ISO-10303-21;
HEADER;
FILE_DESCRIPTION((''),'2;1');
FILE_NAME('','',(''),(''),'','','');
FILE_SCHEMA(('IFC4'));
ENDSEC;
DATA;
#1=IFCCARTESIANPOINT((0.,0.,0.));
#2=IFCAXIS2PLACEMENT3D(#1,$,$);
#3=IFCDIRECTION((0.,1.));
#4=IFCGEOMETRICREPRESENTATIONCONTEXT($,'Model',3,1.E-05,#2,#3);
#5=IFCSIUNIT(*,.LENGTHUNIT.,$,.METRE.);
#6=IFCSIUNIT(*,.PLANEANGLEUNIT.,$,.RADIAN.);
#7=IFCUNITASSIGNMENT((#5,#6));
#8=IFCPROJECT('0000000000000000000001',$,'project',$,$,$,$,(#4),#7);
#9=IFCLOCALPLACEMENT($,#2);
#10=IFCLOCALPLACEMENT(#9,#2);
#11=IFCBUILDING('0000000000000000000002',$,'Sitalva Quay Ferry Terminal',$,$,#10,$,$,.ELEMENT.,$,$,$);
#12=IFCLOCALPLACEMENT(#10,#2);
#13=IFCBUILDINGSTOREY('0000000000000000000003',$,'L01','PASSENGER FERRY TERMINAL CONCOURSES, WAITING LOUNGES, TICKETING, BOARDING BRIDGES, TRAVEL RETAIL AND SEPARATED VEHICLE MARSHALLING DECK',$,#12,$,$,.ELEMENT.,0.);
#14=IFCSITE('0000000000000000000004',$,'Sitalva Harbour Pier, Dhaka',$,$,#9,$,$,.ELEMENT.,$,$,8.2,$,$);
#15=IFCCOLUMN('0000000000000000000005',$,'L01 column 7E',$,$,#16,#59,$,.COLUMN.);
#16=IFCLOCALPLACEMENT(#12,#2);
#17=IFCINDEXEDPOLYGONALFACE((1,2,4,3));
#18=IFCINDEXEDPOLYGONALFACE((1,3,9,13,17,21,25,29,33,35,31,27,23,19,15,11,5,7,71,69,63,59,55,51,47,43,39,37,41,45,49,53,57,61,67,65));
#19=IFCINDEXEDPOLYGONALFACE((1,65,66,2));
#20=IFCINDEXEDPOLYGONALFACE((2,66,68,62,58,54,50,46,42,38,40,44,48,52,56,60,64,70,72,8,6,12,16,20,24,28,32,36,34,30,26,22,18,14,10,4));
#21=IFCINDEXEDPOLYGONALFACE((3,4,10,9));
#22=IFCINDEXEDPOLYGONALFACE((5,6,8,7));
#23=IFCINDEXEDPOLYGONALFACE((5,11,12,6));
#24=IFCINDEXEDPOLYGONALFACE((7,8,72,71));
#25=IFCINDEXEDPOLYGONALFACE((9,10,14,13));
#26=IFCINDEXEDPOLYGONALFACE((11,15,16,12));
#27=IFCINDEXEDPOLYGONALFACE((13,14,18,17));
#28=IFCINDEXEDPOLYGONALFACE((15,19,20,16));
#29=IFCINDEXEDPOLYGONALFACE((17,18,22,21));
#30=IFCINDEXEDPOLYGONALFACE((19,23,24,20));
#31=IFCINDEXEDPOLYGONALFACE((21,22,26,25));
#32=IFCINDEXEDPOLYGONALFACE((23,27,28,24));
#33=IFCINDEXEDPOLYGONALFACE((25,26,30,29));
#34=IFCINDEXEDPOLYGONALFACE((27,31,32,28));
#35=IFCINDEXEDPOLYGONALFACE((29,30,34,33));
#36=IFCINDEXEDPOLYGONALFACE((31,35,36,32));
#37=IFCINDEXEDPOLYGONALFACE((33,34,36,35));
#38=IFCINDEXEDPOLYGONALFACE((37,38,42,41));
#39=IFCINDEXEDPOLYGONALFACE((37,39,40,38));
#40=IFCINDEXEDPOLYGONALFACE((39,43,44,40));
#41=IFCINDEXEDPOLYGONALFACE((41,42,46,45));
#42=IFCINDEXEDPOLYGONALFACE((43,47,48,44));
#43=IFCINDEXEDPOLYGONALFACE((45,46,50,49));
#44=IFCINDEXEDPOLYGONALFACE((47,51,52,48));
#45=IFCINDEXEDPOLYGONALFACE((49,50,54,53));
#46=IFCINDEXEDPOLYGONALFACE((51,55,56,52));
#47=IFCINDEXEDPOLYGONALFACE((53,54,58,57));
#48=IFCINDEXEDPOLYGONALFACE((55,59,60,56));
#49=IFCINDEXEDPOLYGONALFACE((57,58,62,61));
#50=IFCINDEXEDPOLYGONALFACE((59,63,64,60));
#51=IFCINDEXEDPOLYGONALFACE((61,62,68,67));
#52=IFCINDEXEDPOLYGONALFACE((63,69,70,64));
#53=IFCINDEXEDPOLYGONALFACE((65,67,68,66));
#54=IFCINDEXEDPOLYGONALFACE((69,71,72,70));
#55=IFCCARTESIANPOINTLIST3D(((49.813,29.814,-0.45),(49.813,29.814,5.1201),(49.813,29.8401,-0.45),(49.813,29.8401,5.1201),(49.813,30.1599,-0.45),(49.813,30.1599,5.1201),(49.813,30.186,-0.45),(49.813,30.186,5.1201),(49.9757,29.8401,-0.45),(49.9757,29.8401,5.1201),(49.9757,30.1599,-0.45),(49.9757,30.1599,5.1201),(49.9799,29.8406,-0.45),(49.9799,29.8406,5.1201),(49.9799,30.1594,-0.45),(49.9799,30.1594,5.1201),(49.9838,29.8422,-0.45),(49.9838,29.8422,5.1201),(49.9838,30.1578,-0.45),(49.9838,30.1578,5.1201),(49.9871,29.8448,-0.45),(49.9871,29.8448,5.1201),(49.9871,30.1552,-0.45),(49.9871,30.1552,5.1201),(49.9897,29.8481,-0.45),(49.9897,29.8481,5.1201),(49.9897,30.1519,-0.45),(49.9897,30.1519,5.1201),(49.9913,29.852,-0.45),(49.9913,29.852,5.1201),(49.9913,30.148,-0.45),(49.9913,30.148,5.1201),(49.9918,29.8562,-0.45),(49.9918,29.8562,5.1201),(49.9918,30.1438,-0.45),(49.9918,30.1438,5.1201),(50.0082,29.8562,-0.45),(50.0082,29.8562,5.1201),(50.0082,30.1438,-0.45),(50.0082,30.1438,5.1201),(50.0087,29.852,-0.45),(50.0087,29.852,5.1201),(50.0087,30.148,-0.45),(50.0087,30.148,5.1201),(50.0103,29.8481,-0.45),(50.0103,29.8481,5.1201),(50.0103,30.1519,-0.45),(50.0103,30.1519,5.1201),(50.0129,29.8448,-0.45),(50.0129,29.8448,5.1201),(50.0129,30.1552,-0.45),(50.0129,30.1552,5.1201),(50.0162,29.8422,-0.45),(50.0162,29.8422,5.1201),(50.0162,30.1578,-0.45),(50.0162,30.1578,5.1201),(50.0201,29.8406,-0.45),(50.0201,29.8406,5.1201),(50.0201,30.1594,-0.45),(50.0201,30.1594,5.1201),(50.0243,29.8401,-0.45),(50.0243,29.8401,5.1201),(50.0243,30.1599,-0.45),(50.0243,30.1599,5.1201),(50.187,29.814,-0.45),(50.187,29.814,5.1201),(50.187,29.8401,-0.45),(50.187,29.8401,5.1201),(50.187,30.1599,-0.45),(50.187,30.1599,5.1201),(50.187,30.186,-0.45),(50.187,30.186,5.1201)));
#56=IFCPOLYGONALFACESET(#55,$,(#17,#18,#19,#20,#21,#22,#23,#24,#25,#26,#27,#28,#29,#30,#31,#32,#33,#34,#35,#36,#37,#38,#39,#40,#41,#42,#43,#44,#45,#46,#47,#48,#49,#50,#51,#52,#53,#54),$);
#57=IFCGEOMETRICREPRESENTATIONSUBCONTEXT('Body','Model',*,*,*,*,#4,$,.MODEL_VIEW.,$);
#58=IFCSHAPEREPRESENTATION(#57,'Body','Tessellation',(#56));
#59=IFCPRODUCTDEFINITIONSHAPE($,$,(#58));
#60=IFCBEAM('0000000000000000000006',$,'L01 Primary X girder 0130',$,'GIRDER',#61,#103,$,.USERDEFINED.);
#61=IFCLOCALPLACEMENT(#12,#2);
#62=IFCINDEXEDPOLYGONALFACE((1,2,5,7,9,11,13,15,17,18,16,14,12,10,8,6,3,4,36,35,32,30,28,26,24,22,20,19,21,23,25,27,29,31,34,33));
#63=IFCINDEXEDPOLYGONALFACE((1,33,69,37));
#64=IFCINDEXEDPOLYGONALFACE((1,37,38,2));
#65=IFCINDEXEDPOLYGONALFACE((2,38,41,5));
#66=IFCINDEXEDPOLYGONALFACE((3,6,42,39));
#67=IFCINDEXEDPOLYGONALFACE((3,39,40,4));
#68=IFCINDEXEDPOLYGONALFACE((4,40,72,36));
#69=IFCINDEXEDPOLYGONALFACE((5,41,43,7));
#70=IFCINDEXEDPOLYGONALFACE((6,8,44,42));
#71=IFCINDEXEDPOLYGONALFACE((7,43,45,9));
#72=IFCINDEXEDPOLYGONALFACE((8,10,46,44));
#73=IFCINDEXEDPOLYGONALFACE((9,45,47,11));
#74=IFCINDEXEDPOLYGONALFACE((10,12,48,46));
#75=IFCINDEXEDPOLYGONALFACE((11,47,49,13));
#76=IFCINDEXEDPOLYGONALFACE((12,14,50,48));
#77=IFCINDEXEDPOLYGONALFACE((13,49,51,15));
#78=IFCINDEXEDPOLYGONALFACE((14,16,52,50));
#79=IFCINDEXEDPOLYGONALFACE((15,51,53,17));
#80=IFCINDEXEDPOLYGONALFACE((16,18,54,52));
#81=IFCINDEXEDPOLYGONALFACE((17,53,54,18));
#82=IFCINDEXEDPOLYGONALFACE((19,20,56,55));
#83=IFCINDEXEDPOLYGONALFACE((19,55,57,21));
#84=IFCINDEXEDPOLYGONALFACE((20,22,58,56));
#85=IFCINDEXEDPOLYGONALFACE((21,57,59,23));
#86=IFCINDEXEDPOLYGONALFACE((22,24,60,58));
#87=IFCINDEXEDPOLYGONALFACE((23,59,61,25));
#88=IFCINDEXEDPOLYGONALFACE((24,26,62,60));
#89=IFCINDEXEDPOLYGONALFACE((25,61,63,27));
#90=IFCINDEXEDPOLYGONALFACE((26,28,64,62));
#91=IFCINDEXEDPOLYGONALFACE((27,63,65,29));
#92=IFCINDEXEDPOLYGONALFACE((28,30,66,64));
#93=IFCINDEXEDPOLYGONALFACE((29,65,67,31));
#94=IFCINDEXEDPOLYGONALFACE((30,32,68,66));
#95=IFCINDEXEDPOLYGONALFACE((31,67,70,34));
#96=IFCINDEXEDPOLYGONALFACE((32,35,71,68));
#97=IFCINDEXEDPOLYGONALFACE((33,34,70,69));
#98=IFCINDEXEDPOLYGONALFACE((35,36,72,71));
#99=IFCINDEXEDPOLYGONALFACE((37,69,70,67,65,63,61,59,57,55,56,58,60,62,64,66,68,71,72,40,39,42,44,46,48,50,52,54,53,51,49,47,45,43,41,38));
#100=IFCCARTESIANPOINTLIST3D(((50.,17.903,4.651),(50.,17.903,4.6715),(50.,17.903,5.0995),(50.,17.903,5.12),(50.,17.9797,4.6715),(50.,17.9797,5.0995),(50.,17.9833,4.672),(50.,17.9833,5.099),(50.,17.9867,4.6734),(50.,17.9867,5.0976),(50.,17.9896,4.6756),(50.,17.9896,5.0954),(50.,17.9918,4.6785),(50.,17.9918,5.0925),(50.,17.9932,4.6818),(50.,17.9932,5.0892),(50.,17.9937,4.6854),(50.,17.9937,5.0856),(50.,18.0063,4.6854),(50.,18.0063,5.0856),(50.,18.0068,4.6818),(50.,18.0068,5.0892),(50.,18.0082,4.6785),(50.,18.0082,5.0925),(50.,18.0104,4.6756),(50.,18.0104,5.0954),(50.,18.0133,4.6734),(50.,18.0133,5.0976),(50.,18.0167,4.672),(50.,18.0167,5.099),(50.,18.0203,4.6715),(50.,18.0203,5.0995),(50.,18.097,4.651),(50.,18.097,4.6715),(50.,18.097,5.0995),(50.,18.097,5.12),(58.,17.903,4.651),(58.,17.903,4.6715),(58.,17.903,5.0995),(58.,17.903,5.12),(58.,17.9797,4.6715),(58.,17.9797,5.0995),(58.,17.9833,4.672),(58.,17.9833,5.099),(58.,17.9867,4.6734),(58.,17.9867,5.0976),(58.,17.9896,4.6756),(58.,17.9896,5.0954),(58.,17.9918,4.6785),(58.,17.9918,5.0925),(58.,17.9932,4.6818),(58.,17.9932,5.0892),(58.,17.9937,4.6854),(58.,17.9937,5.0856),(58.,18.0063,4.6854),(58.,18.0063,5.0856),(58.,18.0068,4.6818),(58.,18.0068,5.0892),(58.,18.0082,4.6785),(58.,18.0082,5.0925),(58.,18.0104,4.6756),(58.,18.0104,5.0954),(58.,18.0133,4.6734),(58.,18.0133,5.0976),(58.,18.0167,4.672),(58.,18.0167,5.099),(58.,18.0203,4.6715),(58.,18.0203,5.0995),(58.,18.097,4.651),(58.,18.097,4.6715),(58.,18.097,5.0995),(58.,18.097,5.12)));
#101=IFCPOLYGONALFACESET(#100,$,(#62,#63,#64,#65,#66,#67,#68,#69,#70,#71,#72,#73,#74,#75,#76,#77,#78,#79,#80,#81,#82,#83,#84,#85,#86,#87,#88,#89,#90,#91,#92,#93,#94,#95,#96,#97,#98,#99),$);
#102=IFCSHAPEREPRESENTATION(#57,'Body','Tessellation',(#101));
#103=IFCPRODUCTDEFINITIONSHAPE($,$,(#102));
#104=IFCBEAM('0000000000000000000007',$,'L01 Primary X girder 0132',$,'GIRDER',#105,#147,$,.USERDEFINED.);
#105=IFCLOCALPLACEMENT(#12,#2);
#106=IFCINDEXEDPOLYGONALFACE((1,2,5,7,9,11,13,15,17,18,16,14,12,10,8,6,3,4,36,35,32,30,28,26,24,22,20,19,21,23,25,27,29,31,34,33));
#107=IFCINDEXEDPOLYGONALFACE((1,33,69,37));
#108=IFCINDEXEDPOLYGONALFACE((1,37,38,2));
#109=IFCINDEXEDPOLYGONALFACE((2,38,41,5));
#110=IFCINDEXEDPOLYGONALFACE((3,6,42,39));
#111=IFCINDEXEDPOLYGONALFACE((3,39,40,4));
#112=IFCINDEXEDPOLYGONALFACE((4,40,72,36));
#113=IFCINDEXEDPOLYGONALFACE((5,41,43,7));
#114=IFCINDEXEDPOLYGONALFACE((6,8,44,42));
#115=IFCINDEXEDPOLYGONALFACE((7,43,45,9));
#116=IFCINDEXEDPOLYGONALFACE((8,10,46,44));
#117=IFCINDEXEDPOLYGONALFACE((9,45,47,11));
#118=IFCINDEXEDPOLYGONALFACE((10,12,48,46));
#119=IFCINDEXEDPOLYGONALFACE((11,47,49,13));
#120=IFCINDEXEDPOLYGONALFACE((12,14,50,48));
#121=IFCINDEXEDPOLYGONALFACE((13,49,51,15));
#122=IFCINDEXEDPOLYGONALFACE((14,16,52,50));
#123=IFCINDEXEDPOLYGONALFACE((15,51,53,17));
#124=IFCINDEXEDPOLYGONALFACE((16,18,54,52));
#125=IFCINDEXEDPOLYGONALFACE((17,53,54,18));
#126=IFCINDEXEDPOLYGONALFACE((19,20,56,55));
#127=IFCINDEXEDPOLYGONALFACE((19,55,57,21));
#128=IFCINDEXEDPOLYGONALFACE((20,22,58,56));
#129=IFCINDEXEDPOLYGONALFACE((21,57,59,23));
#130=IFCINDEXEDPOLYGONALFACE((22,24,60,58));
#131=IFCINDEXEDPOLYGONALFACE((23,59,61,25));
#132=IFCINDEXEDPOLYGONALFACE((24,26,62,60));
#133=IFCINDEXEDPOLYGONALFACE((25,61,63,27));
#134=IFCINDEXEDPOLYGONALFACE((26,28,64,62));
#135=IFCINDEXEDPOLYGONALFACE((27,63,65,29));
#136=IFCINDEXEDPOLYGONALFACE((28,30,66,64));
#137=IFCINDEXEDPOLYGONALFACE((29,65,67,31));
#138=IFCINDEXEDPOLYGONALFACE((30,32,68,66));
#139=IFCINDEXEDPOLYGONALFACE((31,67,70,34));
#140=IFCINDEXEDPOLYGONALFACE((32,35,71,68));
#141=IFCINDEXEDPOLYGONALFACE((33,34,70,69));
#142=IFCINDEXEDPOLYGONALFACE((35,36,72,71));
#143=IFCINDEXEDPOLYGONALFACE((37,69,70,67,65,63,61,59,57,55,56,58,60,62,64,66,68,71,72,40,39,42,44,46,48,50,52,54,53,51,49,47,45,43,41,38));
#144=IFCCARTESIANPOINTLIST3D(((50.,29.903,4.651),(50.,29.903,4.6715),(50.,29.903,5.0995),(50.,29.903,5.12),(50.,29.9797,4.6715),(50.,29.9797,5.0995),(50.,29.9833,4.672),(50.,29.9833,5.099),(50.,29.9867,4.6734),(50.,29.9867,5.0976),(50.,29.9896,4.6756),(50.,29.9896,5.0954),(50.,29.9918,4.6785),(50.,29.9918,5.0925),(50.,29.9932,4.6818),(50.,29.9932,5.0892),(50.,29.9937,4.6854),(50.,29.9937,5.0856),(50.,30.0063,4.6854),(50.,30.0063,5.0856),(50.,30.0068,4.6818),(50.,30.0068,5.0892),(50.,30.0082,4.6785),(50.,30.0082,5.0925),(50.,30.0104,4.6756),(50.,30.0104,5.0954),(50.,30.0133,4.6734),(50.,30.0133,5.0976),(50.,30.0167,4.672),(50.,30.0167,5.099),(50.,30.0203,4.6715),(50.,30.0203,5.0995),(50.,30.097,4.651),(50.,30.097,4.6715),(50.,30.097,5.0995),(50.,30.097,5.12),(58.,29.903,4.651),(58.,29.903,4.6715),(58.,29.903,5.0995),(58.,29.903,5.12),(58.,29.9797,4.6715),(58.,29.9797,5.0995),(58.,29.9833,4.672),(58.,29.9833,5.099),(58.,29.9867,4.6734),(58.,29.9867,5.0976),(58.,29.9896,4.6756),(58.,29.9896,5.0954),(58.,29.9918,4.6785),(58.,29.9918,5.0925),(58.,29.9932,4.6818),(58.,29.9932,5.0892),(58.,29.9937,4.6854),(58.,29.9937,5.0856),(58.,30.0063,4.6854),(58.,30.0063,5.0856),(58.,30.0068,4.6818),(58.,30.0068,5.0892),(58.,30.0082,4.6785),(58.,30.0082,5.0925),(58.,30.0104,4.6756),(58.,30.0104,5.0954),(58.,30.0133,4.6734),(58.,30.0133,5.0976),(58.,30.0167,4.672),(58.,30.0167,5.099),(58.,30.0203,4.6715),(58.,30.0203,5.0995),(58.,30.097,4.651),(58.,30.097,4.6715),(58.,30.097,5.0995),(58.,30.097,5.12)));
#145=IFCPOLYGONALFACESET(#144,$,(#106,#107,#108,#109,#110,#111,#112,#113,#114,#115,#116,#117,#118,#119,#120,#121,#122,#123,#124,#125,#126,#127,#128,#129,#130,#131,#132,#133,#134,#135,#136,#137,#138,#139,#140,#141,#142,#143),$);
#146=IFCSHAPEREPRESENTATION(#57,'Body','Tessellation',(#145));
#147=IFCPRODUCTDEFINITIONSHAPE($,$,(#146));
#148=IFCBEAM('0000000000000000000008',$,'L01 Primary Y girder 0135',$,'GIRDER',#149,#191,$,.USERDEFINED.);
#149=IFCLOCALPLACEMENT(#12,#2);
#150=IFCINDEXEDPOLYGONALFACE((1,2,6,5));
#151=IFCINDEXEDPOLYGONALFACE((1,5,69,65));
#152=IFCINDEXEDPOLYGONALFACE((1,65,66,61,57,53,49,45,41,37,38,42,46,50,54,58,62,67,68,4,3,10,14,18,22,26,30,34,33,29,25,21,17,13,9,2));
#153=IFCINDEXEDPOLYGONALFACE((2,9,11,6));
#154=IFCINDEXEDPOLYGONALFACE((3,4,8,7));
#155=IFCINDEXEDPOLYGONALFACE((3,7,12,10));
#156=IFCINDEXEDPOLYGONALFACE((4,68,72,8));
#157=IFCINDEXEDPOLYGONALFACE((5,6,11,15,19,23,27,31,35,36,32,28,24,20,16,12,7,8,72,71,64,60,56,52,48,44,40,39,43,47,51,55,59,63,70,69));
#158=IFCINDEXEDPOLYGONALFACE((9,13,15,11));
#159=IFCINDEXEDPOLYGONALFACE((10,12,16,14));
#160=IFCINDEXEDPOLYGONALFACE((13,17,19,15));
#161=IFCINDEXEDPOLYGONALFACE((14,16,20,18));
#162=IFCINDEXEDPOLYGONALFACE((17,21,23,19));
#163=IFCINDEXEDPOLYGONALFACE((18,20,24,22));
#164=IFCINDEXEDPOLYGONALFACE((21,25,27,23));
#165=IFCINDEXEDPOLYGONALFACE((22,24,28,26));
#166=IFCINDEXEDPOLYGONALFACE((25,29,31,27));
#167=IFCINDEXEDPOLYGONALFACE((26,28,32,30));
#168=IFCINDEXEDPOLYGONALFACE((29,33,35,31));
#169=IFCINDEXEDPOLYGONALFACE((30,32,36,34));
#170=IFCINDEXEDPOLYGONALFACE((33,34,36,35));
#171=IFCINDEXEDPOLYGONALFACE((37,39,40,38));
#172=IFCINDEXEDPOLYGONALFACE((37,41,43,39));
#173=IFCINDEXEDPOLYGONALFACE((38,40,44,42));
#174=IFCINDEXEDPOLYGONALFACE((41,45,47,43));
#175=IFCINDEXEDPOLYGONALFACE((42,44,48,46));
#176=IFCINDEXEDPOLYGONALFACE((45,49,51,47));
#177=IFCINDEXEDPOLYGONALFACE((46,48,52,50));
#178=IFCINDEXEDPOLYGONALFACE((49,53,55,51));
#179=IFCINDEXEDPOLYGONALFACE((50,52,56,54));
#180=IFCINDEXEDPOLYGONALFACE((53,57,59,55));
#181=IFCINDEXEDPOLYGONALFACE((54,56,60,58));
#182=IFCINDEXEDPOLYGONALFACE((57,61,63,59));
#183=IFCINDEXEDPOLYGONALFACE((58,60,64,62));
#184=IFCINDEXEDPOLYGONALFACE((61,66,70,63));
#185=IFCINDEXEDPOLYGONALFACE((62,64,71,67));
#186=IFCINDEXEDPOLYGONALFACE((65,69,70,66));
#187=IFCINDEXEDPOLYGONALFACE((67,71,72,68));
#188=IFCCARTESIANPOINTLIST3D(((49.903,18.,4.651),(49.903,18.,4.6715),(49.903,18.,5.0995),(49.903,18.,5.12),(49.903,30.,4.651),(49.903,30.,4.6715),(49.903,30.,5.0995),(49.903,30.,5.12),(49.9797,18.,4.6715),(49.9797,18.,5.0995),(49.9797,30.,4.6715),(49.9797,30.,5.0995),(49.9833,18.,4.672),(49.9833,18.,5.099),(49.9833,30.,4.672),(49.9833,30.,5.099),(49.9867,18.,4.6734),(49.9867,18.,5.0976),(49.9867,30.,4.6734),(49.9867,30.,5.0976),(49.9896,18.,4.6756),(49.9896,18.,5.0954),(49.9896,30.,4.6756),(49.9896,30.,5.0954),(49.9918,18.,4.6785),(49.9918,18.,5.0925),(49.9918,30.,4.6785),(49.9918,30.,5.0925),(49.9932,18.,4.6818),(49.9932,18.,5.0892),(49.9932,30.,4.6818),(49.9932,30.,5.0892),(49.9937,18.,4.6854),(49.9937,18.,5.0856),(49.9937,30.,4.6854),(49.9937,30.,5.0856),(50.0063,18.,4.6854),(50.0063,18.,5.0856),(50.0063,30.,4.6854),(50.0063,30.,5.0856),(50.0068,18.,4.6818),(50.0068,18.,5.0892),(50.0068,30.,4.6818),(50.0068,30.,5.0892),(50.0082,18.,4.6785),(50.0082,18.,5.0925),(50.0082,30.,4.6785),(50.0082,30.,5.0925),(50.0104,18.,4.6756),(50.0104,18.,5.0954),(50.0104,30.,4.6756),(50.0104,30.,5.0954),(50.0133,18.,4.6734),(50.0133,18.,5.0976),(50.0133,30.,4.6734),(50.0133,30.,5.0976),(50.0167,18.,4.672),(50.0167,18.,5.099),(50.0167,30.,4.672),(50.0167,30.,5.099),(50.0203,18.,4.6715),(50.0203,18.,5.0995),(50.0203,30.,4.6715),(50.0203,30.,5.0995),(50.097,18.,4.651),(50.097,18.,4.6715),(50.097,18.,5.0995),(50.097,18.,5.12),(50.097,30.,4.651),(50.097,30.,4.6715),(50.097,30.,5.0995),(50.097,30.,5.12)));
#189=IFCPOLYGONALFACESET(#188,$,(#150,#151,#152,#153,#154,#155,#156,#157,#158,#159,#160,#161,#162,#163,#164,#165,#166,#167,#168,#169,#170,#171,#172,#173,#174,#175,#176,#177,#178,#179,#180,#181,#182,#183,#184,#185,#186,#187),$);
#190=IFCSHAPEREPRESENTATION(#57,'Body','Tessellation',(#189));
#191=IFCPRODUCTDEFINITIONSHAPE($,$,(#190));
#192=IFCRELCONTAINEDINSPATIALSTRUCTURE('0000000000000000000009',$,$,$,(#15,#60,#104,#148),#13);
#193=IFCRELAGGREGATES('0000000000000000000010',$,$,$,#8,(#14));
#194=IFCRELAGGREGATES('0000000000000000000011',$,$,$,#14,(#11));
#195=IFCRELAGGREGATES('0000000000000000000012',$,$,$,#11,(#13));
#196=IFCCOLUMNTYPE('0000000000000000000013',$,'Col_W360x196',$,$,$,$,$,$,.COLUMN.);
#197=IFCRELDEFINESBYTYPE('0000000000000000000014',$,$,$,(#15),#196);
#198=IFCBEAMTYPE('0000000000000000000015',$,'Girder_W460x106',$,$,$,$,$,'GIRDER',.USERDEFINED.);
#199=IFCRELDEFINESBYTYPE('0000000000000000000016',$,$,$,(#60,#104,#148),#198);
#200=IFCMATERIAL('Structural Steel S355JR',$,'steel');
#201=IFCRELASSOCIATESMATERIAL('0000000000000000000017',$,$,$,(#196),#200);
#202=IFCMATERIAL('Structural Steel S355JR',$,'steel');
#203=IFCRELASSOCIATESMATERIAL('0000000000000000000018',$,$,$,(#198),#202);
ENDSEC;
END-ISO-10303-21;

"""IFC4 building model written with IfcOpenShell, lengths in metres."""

from ifc_helpers import new_model, si_unit, direction, frame, origin, origin_2d, place, context, subcontext, project, spatial, i_section, extrude, material, material_profile, profile_set, type_object, element, save


model = new_model("IFC4")

# Units and contexts
model_context = context("Model", 3, precision=1e-05, world=origin(), true_north=direction((0.0, 1.0)))
body_context = subcontext(model_context, "Body", "Model", "MODEL_VIEW")
ifc_project = project(units=[si_unit("LENGTHUNIT", "METRE"), si_unit("PLANEANGLEUNIT", "RADIAN")], contexts=[model_context])

# Site, building, storey
site_placement = place(None, origin())
site = spatial("IfcSite", under=ifc_project, at=site_placement, Name="Sitalva Harbour Pier, Dhaka", CompositionType="ELEMENT", RefElevation=8.2)
building_placement = place(site_placement, origin())
building = spatial("IfcBuilding", under=site, at=building_placement, Name="Sitalva Quay Ferry Terminal", CompositionType="ELEMENT")
storey_placement = place(building_placement, origin())
storey = spatial("IfcBuildingStorey", under=building, at=storey_placement, Name="L01", Description="PASSENGER FERRY TERMINAL CONCOURSES, WAITING LOUNGES, TICKETING, BOARDING BRIDGES, TRAVEL RETAIL AND SEPARATED VEHICLE MARSHALLING DECK", CompositionType="ELEMENT", Elevation=0.0)

# Column
ifc_material_1 = material(Name="Structural Steel S355JR", Category="steel")
ifc_material_profile_1 = material_profile(ifc_material_1, i_section(OverallWidth=0.374, OverallDepth=0.3721, WebThickness=0.0164, FlangeThickness=0.0261, FilletRadius=0.0161, at=origin_2d()), Name="W360x196")
ifc_profile_set_1 = profile_set([ifc_material_profile_1], Name="Structural Steel S355JR")
column_type_1 = type_object("IfcColumnType", Name="Col_W360x196", PredefinedType="COLUMN", material=ifc_profile_set_1)
column_placement = place(storey_placement, frame((50.0, 30.0, -0.45), z_axis=(0.0, 0.0, 1.0), x_axis=(1.0, 0.0, 0.0)))
element("IfcColumn", 1, at=column_placement, inside=storey, type_object=column_type_1, Name="L01 column 7E", PredefinedType="COLUMN", context=body_context, shape_type="SweptSolid", body=[
    extrude(i_section(OverallWidth=0.374, OverallDepth=0.3721, WebThickness=0.0164, FlangeThickness=0.0261, FilletRadius=0.0161, at=origin_2d()), origin(), (0.0, 0.0, 1.0), 5.5701),
])

# Beams
ifc_material_2 = material(Name="Structural Steel S355JR", Category="steel")
ifc_material_profile_2 = material_profile(ifc_material_2, i_section(OverallWidth=0.1941, OverallDepth=0.469, WebThickness=0.0127, FlangeThickness=0.0205, FilletRadius=0.0139, at=origin_2d()), Name="W460x106")
ifc_profile_set_2 = profile_set([ifc_material_profile_2], Name="Structural Steel S355JR")
beam_type = type_object("IfcBeamType", Name="Girder_W460x106", ElementType="GIRDER", PredefinedType="USERDEFINED", material=ifc_profile_set_2)
for number, where, z_axis, x_axis, name in (
    (2, (50.0, 18.0, 4.8855), (1.0, 0.0, 0.0), (0.0, 1.0, 0.0), "L01 Primary X girder 0130"),
    (3, (50.0, 30.0, 4.8855), (1.0, 0.0, 0.0), (0.0, 1.0, 0.0), "L01 Primary X girder 0132"),
):
    element("IfcBeam", number, at=place(storey_placement, frame(where, z_axis=z_axis, x_axis=x_axis)), inside=storey, type_object=beam_type, Name=name, ObjectType="GIRDER", PredefinedType="USERDEFINED", context=body_context, shape_type="SweptSolid", body=[
        extrude(i_section(OverallWidth=0.1941, OverallDepth=0.469, WebThickness=0.0127, FlangeThickness=0.0205, FilletRadius=0.0139, at=origin_2d()), origin(), (0.0, 0.0, 1.0), 8.0),
    ])
beam_placement = place(storey_placement, frame((50.0, 18.0, 4.8855), z_axis=(0.0, 1.0, 0.0), x_axis=(-1.0, 0.0, 0.0)))
element("IfcBeam", 4, at=beam_placement, inside=storey, type_object=beam_type, Name="L01 Primary Y girder 0135", ObjectType="GIRDER", PredefinedType="USERDEFINED", context=body_context, shape_type="SweptSolid", body=[
    extrude(i_section(OverallWidth=0.1941, OverallDepth=0.469, WebThickness=0.0127, FlangeThickness=0.0205, FilletRadius=0.0139, at=origin_2d()), origin(), (0.0, 0.0, 1.0), 12.0),
])

save(model, "model.ifc")
